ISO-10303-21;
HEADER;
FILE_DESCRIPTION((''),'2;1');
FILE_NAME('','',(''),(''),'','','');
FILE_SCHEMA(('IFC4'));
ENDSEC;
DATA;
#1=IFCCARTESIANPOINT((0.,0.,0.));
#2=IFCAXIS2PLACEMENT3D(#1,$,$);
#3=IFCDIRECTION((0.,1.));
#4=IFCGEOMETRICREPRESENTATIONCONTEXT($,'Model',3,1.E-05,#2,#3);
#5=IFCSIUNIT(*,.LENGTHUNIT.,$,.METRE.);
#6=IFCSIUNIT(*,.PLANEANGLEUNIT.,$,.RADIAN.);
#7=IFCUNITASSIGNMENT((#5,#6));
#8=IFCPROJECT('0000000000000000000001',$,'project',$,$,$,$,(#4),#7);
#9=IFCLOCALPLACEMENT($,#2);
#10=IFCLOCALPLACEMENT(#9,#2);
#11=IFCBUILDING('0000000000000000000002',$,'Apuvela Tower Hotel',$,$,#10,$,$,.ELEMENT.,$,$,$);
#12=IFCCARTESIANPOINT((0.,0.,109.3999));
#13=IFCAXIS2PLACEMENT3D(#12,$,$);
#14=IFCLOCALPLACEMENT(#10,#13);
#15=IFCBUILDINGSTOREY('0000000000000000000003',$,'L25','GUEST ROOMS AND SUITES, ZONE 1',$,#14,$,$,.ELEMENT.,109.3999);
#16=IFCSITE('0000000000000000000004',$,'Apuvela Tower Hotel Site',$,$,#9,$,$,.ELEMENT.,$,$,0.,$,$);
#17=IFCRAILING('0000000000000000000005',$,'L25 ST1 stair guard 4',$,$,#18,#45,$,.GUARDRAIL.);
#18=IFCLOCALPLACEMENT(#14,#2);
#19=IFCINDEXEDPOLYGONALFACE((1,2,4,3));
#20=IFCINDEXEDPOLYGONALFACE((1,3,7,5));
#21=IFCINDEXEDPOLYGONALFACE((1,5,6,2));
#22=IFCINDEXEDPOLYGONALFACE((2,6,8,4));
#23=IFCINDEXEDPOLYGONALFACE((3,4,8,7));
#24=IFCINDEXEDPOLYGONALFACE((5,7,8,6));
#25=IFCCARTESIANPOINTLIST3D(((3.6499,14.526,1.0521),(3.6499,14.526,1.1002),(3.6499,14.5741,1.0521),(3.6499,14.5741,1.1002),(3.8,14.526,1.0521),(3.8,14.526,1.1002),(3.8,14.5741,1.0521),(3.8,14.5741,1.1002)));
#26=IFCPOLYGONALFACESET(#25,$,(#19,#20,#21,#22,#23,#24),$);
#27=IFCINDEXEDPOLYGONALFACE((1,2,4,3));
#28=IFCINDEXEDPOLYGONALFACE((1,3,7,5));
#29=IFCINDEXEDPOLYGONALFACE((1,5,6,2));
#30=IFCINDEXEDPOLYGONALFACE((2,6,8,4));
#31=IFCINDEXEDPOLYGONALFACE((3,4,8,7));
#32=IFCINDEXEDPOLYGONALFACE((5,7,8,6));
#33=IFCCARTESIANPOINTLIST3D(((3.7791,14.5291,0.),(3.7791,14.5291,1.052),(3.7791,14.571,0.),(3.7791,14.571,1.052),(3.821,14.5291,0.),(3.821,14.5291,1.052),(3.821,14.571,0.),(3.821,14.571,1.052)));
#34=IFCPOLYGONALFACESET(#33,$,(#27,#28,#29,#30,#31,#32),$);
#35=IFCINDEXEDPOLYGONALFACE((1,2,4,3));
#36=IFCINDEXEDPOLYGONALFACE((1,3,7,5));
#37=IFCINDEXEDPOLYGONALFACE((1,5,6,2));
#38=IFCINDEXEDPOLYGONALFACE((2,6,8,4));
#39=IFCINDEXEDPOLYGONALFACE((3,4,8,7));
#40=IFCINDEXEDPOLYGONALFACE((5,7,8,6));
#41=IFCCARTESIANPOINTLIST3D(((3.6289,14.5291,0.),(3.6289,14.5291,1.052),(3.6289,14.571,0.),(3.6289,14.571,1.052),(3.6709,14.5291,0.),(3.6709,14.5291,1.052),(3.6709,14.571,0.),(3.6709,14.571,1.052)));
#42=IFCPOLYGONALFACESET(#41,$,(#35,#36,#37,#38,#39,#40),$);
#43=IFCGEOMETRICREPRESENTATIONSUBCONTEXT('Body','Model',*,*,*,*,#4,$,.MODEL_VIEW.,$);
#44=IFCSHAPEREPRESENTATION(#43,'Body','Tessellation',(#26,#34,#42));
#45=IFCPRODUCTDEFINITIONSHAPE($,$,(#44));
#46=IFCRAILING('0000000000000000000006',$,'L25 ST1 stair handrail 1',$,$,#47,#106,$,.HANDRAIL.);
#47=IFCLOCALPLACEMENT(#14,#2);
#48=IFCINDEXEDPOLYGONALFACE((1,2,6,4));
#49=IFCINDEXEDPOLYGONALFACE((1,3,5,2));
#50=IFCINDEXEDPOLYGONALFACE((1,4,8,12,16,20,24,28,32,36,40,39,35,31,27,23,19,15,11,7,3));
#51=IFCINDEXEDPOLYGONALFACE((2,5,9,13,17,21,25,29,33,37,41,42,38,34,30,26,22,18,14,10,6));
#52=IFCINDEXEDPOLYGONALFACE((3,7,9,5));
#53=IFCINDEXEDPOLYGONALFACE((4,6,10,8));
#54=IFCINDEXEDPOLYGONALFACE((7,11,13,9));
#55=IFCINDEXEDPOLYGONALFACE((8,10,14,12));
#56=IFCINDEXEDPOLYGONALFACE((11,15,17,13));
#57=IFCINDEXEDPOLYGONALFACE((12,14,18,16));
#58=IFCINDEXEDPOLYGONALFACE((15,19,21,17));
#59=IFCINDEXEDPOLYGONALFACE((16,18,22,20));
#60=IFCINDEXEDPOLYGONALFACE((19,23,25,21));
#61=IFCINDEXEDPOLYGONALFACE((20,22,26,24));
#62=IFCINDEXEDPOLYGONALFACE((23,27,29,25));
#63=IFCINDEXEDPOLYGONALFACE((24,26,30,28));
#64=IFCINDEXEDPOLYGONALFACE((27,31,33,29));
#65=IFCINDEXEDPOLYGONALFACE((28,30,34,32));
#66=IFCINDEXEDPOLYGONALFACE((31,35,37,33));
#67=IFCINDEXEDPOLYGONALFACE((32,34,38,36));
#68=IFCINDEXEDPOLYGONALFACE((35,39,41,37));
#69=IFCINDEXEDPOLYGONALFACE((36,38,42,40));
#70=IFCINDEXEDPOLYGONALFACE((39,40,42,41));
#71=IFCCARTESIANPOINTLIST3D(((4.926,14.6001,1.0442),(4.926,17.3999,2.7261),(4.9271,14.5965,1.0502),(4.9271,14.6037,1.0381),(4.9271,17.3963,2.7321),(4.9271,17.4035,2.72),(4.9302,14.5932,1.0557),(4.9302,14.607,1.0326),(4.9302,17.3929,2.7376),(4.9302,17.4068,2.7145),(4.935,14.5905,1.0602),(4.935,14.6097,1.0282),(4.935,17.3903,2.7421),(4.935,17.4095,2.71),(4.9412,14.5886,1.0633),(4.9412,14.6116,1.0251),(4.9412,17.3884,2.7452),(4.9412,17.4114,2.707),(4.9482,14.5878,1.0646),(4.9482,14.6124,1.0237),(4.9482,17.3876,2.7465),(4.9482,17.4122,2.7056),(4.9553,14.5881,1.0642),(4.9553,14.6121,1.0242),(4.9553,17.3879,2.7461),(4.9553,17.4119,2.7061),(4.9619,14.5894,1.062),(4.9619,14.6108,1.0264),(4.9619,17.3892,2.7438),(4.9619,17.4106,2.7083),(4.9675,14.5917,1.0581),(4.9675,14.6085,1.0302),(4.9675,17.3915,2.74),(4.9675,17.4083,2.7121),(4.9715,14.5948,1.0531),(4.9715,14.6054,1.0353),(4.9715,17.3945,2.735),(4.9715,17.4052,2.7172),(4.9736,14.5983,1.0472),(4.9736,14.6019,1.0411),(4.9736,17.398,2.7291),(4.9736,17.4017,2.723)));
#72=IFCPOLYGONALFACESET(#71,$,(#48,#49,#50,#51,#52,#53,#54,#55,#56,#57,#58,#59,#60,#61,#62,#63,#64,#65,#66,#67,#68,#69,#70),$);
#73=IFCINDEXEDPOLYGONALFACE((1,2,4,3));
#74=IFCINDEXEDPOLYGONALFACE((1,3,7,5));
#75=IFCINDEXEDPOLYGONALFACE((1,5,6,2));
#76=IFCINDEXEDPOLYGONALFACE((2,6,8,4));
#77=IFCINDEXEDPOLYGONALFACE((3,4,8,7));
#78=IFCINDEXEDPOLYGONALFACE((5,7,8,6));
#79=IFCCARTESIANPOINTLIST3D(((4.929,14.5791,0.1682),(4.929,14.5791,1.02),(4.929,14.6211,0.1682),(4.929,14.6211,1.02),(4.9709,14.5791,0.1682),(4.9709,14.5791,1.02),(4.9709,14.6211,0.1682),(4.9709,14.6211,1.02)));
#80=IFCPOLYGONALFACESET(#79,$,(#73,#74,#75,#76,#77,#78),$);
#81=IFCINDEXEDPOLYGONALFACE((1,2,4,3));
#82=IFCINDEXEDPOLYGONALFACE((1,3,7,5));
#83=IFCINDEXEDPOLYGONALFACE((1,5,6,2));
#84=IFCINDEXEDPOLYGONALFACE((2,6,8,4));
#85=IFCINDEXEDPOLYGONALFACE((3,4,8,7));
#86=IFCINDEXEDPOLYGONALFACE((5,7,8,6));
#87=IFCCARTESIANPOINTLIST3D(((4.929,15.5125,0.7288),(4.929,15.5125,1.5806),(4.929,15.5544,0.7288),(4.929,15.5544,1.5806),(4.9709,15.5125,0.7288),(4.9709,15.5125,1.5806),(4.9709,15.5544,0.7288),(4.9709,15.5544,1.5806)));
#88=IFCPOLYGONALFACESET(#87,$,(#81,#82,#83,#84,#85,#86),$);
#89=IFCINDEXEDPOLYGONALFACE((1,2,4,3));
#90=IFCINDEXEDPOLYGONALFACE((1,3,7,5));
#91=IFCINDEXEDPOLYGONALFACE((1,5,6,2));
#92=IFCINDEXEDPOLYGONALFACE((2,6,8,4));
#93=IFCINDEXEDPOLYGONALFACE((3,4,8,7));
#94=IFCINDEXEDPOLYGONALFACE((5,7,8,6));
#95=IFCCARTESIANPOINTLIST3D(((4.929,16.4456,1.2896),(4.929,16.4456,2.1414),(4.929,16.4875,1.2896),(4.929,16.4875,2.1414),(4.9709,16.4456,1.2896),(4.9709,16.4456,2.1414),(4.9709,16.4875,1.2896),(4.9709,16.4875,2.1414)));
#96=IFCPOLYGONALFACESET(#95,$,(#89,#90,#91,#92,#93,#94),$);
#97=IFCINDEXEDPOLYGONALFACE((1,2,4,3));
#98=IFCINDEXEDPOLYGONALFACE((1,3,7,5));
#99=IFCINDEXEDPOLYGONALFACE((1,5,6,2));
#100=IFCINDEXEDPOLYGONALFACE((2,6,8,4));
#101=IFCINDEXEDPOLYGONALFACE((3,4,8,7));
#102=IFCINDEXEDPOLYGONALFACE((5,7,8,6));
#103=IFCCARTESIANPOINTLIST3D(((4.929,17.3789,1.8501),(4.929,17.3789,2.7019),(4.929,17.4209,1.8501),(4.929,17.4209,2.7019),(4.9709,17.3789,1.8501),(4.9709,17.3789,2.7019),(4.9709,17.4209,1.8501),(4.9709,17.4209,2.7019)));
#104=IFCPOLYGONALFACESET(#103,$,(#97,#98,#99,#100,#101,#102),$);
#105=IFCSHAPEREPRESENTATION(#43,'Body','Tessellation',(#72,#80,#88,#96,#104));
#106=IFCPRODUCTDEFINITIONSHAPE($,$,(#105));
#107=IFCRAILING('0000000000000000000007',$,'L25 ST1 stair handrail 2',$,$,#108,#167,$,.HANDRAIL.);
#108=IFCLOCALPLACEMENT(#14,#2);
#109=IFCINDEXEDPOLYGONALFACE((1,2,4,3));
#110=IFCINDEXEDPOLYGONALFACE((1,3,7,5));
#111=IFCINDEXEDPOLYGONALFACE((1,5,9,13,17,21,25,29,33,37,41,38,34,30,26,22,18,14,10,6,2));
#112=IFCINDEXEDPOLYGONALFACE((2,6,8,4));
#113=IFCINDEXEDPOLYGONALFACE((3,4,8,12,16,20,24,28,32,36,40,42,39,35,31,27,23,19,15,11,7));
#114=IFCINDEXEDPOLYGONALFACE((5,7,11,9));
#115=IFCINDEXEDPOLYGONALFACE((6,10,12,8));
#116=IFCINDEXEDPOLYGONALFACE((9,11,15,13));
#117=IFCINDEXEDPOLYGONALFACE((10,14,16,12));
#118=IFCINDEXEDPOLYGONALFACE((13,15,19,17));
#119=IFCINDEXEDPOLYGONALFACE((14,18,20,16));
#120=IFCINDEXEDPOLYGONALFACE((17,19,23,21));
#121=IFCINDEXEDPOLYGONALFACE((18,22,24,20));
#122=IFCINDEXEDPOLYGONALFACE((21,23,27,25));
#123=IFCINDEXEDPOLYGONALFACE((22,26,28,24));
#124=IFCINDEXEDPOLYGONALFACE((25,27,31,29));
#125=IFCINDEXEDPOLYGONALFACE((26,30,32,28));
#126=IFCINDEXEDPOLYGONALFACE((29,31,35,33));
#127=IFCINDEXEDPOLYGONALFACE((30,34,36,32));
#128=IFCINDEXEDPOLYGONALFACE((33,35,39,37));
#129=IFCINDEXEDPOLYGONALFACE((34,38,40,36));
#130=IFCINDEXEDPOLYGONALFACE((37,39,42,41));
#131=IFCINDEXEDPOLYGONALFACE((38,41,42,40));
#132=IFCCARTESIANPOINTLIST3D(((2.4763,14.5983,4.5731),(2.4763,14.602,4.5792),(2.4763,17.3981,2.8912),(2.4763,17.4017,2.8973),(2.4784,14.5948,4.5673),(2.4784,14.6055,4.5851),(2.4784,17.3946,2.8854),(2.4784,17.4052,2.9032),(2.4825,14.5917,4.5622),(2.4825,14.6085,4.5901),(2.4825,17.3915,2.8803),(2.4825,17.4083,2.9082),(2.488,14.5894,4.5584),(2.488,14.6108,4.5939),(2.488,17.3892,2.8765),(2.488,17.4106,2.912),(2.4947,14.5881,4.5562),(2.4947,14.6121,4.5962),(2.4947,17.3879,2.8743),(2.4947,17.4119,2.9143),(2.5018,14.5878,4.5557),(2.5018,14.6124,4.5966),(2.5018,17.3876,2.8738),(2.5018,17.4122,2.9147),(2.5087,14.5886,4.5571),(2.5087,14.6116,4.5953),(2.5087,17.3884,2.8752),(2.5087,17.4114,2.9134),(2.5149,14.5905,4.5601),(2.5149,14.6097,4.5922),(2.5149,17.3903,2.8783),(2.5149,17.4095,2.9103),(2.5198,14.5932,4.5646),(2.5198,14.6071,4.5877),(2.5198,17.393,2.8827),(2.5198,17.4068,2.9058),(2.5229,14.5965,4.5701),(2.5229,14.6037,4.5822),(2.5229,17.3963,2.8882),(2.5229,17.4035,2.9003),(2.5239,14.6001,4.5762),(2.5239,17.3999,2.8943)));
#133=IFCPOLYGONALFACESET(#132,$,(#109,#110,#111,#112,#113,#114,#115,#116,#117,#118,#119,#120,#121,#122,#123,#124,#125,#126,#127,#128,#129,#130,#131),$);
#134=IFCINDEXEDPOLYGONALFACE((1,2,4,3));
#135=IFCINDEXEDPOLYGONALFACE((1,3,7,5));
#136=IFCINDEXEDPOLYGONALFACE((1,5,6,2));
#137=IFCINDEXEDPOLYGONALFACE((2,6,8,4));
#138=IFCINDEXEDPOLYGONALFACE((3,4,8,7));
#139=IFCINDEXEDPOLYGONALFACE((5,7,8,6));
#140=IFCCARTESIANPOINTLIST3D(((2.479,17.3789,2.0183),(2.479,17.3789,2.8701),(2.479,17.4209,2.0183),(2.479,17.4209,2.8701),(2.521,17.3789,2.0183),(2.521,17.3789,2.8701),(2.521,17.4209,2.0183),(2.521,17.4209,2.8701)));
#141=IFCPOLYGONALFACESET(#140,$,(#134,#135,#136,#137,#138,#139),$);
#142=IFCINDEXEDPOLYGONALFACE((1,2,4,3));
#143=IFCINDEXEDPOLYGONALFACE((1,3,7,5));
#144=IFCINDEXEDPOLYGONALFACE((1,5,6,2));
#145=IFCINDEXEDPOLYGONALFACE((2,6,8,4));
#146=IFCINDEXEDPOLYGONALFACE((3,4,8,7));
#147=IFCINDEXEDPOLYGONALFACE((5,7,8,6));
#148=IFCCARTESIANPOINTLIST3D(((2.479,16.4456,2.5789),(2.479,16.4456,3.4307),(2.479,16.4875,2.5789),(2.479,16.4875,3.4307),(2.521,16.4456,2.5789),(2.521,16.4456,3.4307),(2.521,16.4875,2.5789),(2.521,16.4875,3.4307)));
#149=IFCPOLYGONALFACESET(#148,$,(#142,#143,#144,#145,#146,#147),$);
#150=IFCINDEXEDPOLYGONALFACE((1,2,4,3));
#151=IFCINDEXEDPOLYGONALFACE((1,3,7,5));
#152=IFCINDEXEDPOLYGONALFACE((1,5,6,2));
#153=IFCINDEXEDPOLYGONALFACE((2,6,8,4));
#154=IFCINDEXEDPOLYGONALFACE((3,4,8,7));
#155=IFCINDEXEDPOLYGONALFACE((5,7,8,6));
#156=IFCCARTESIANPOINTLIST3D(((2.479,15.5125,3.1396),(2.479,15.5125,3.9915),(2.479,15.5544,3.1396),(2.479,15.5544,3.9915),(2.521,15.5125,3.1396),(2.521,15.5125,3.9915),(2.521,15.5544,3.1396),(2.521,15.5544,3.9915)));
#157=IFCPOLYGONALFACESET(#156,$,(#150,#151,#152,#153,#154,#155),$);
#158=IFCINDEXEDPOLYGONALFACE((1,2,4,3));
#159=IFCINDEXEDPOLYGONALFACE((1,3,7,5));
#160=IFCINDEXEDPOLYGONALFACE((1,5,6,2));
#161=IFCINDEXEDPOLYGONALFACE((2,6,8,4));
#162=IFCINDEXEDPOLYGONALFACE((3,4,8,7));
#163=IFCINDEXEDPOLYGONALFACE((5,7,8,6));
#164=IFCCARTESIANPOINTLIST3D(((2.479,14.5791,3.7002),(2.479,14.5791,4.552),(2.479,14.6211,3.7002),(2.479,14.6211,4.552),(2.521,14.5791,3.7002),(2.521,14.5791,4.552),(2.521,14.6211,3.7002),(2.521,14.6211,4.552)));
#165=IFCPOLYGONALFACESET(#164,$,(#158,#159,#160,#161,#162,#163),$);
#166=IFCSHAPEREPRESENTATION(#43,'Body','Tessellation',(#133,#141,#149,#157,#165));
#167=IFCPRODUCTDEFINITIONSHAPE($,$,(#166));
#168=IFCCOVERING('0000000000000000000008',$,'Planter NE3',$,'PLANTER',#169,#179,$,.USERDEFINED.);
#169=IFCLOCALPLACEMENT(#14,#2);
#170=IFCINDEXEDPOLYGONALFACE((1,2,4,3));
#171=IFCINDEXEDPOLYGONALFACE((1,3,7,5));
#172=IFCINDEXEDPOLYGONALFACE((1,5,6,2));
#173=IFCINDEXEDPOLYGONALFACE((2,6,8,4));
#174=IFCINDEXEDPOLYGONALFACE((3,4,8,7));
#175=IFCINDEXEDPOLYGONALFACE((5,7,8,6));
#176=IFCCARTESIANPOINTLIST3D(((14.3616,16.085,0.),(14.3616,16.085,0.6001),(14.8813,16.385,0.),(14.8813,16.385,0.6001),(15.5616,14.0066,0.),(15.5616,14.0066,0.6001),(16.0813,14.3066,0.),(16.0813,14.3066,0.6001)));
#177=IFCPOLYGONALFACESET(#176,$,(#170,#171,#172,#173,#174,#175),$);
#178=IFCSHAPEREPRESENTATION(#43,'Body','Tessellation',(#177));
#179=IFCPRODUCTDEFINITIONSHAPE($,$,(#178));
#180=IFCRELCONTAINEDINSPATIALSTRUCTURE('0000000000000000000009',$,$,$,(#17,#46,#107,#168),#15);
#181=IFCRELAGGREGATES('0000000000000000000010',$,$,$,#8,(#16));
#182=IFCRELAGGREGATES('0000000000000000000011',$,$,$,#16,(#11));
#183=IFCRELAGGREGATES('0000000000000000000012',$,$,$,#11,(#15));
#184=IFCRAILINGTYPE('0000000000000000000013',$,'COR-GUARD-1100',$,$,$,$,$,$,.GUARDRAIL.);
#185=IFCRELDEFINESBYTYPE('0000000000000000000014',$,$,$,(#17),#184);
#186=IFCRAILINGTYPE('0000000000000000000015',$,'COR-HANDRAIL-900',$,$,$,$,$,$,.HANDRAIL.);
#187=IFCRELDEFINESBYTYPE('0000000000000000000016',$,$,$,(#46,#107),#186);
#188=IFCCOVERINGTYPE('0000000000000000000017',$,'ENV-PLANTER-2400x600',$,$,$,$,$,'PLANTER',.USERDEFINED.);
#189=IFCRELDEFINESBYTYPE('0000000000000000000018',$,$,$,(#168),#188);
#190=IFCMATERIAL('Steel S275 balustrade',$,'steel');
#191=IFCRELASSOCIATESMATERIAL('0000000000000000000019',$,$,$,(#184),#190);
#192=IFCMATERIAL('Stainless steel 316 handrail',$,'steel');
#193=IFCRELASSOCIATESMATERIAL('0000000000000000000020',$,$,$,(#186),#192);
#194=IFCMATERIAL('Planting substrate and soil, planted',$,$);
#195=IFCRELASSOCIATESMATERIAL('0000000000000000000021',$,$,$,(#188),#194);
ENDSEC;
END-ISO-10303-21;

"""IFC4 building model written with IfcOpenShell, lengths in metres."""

from ifc_helpers import new_model, si_unit, direction, frame, origin, origin_2d, place, context, subcontext, project, spatial, rectangle, circle, extrude, material, type_object, element, save


model = new_model("IFC4")

# Units and contexts
model_context = context("Model", 3, precision=1e-05, world=origin(), true_north=direction((0.0, 1.0)))
body_context = subcontext(model_context, "Body", "Model", "MODEL_VIEW")
ifc_project = project(units=[si_unit("LENGTHUNIT", "METRE"), si_unit("PLANEANGLEUNIT", "RADIAN")], contexts=[model_context])

# Site, building, storey
site_placement = place(None, origin())
site = spatial("IfcSite", under=ifc_project, at=site_placement, Name="Apuvela Tower Hotel Site", CompositionType="ELEMENT", RefElevation=0.0)
building_placement = place(site_placement, origin())
building = spatial("IfcBuilding", under=site, at=building_placement, Name="Apuvela Tower Hotel", CompositionType="ELEMENT")
storey_placement = place(building_placement, frame((0.0, 0.0, 109.3999)))
storey = spatial("IfcBuildingStorey", under=building, at=storey_placement, Name="L25", Description="GUEST ROOMS AND SUITES, ZONE 1", CompositionType="ELEMENT", Elevation=109.3999)

# Railings
ifc_material_1 = material(Name="Steel S275 balustrade", Category="steel")
railing_type_1 = type_object("IfcRailingType", Name="COR-GUARD-1100", PredefinedType="GUARDRAIL", material=ifc_material_1)
railing_1_placement = place(storey_placement, frame((3.8, 14.55, 0.0)))
element("IfcRailing", 1, at=railing_1_placement, inside=storey, type_object=railing_type_1, Name="L25 ST1 stair guard 4", PredefinedType="GUARDRAIL", context=body_context, shape_type="SweptSolid", body=[
    extrude(rectangle(XDim=0.0481, YDim=0.0481, at=origin_2d()), frame((0.0, 0.0, 1.0762), z_axis=(-1.0, 0.0, 0.0), x_axis=(0.0, -1.0, 0.0)), (0.0, 0.0, 1.0), 0.1501),
    extrude(rectangle(XDim=0.042, YDim=0.042, at=origin_2d()), origin(), (0.0, 0.0, 1.0), 1.052),
    extrude(rectangle(XDim=0.042, YDim=0.042, at=origin_2d()), frame((-0.1501, 0.0, 0.0)), (0.0, 0.0, 1.0), 1.052),
])
ifc_material_2 = material(Name="Stainless steel 316 handrail", Category="steel")
railing_type_2 = type_object("IfcRailingType", Name="COR-HANDRAIL-900", PredefinedType="HANDRAIL", material=ifc_material_2)
railing_2_placement = place(storey_placement, frame((4.95, 14.6001, 0.1682)))
element("IfcRailing", 2, at=railing_2_placement, inside=storey, type_object=railing_type_2, Name="L25 ST1 stair handrail 1", PredefinedType="HANDRAIL", context=body_context, shape_type="SweptSolid", body=[
    extrude(circle(Radius=0.0239, at=origin_2d()), frame((0.0, 0.0, 0.876), z_axis=(0.0, 0.857222, 0.514946), x_axis=(-1.0, 0.0, 0.0)), (0.0, 0.0, 1.0), 3.2661),
    extrude(rectangle(XDim=0.042, YDim=0.042, at=origin_2d()), origin(), (0.0, 0.0, 1.0), 0.8518),
    extrude(rectangle(XDim=0.042, YDim=0.042, at=origin_2d()), frame((0.0, 0.9333, 0.5605)), (0.0, 0.0, 1.0), 0.8518),
    extrude(rectangle(XDim=0.042, YDim=0.042, at=origin_2d()), frame((0.0, 1.8665, 1.1213)), (0.0, 0.0, 1.0), 0.8518),
    extrude(rectangle(XDim=0.042, YDim=0.042, at=origin_2d()), frame((0.0, 2.7998, 1.6819)), (0.0, 0.0, 1.0), 0.8518),
])
railing_3_placement = place(storey_placement, frame((2.5, 17.3999, 2.0183)))
element("IfcRailing", 3, at=railing_3_placement, inside=storey, type_object=railing_type_2, Name="L25 ST1 stair handrail 2", PredefinedType="HANDRAIL", context=body_context, shape_type="SweptSolid", body=[
    extrude(circle(Radius=0.0239, at=origin_2d()), frame((0.0, 0.0, 0.876), z_axis=(0.0, -0.857222, 0.514946), x_axis=(1.0, 0.0, 0.0)), (0.0, 0.0, 1.0), 3.2661),
    extrude(rectangle(XDim=0.042, YDim=0.042, at=origin_2d()), origin(), (0.0, 0.0, 1.0), 0.8518),
    extrude(rectangle(XDim=0.042, YDim=0.042, at=origin_2d()), frame((0.0, -0.9333, 0.5605)), (0.0, 0.0, 1.0), 0.8518),
    extrude(rectangle(XDim=0.042, YDim=0.042, at=origin_2d()), frame((0.0, -1.8665, 1.1213)), (0.0, 0.0, 1.0), 0.8518),
    extrude(rectangle(XDim=0.042, YDim=0.042, at=origin_2d()), frame((0.0, -2.7998, 1.6819)), (0.0, 0.0, 1.0), 0.8518),
])

# Covering
ifc_material_3 = material(Name="Planting substrate and soil, planted")
covering_type = type_object("IfcCoveringType", Name="ENV-PLANTER-2400x600", ElementType="PLANTER", PredefinedType="USERDEFINED", material=ifc_material_3)
covering_placement = place(storey_placement, frame((15.2214, 15.1958, 0.0), z_axis=(0.0, 0.0, 1.0), x_axis=(-0.5, 0.866025, 0.0)))
element("IfcCovering", 4, at=covering_placement, inside=storey, type_object=covering_type, Name="Planter NE3", ObjectType="PLANTER", PredefinedType="USERDEFINED", context=body_context, shape_type="SweptSolid", body=[
    extrude(rectangle(XDim=2.3999, YDim=0.6001, at=origin_2d()), origin(), (0.0, 0.0, 1.0), 0.6001),
])

save(model, "model.ifc")
